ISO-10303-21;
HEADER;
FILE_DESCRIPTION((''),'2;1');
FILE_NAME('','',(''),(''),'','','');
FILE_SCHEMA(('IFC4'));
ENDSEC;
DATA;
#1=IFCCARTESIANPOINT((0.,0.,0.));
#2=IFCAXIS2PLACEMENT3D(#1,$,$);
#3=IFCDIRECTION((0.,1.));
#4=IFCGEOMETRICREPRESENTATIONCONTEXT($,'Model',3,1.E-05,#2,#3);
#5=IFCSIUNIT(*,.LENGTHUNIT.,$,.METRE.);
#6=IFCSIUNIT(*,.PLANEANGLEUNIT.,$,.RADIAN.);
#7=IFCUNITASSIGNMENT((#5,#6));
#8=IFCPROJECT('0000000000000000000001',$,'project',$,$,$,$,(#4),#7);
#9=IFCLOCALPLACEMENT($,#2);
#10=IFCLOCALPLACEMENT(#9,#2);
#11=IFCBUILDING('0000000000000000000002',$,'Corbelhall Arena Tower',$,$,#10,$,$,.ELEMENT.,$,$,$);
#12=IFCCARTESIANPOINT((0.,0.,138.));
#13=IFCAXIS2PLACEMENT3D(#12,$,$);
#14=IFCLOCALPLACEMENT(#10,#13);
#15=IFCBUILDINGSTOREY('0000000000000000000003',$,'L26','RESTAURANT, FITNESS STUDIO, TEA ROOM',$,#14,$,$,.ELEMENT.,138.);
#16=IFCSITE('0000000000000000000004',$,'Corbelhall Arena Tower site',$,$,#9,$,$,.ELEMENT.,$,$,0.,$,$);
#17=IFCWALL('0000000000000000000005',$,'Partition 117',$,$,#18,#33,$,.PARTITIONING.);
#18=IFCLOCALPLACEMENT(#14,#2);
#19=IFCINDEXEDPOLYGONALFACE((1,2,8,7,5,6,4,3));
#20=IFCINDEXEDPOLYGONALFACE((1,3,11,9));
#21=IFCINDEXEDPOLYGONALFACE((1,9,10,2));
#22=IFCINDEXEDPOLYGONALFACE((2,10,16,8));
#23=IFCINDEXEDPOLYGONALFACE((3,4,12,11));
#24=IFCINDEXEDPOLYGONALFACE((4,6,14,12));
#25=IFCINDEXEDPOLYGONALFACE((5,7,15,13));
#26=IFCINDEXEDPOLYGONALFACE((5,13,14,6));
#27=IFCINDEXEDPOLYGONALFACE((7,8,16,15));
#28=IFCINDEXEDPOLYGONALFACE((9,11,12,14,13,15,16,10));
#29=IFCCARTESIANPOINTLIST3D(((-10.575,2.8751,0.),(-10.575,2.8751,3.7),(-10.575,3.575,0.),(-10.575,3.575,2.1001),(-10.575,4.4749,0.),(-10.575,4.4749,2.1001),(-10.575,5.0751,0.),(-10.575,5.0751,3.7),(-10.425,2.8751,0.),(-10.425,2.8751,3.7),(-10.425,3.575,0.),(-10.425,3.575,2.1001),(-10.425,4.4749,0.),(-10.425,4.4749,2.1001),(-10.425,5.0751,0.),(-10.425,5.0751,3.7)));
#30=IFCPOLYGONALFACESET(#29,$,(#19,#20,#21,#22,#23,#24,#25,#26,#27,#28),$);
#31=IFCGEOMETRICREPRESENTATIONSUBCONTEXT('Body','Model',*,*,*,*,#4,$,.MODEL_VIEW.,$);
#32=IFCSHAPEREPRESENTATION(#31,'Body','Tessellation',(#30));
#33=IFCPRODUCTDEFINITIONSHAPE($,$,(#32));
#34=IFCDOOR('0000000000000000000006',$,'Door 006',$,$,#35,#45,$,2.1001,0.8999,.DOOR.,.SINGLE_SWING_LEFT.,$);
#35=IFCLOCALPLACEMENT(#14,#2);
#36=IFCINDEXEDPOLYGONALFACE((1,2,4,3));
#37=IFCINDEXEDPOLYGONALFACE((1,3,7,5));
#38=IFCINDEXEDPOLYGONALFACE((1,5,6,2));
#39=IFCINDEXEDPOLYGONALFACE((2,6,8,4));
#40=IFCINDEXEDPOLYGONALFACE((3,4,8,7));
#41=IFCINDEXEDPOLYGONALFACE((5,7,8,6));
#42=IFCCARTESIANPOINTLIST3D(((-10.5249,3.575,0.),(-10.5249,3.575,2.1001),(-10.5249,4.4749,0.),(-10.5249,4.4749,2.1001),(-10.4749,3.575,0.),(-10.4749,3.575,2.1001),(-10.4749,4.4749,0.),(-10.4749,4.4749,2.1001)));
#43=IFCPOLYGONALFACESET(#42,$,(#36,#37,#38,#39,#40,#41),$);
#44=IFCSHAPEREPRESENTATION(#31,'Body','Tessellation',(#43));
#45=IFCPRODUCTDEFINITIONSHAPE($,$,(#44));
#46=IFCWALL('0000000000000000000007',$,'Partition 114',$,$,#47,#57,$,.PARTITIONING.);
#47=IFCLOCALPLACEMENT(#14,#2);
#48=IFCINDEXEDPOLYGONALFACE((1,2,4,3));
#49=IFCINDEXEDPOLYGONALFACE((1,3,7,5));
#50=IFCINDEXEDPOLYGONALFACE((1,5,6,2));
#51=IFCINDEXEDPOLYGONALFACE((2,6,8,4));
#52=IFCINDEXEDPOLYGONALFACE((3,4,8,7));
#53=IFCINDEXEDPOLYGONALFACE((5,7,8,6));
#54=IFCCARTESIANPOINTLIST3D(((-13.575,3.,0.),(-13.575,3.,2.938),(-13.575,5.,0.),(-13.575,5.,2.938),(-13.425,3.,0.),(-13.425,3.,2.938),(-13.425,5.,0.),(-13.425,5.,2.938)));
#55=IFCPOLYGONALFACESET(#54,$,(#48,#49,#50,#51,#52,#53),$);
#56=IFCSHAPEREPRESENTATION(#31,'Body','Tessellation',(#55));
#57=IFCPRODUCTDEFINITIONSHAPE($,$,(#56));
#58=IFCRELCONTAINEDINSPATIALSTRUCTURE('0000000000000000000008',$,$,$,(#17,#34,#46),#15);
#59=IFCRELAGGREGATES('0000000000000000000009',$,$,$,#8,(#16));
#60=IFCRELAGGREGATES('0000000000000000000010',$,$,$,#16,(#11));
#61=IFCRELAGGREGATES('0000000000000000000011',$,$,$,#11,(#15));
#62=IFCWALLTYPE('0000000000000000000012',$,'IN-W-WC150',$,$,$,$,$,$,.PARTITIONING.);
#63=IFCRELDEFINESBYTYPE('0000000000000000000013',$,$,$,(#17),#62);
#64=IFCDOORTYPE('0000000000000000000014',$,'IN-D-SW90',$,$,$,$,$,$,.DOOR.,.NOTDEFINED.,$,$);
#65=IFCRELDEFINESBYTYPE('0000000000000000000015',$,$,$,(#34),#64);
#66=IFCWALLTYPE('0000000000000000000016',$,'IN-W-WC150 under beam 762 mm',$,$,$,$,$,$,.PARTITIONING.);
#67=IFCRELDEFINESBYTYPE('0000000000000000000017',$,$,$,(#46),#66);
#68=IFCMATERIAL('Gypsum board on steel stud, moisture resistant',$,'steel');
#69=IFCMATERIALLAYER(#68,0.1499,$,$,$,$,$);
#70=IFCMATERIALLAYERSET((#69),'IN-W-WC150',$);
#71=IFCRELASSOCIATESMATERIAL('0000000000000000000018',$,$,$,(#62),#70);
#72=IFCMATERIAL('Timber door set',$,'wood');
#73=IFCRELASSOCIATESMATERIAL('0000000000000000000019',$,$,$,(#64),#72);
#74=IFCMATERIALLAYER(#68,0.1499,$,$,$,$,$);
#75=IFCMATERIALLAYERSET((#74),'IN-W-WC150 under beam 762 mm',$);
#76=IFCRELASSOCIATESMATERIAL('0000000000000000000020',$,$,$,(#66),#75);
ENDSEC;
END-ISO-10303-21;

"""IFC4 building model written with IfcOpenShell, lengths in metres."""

from ifc_helpers import new_model, si_unit, direction, frame, frame_2d, origin, place, context, subcontext, project, spatial, rectangle, extrude, material, layer, layer_set, type_object, element, fill, save


model = new_model("IFC4")

# Units and contexts
model_context = context("Model", 3, precision=1e-05, world=origin(), true_north=direction((0.0, 1.0)))
body_context = subcontext(model_context, "Body", "Model", "MODEL_VIEW")
ifc_project = project(units=[si_unit("LENGTHUNIT", "METRE"), si_unit("PLANEANGLEUNIT", "RADIAN")], contexts=[model_context])

# Site, building, storey
site_placement = place(None, origin())
site = spatial("IfcSite", under=ifc_project, at=site_placement, Name="Corbelhall Arena Tower site", CompositionType="ELEMENT", RefElevation=0.0)
building_placement = place(site_placement, origin())
building = spatial("IfcBuilding", under=site, at=building_placement, Name="Corbelhall Arena Tower", CompositionType="ELEMENT")
storey_placement = place(building_placement, frame((0.0, 0.0, 138.0)))
storey = spatial("IfcBuildingStorey", under=building, at=storey_placement, Name="L26", Description="RESTAURANT, FITNESS STUDIO, TEA ROOM", CompositionType="ELEMENT", Elevation=138.0)

# Shared definitions
ifc_material_1 = material(Name="Gypsum board on steel stud, moisture resistant", Category="steel")
ifc_layer_1 = layer(ifc_material_1, 0.1499)
ifc_layer_set_1 = layer_set([ifc_layer_1], Name="IN-W-WC150")
wall_type_1 = type_object("IfcWallType", Name="IN-W-WC150", PredefinedType="PARTITIONING", material=ifc_layer_set_1)

# Wall, opening, door
wall_1_placement = place(storey_placement, frame((-10.5, 2.875, 0.0), z_axis=(0.0, 0.0, 1.0), x_axis=(0.0, 1.0, 0.0)))
wall_1 = element("IfcWall", 1, at=wall_1_placement, inside=storey, type_object=wall_type_1, Name="Partition 117", PredefinedType="PARTITIONING", context=body_context, shape_type="SweptSolid", body=[
    extrude(rectangle(XDim=2.2, YDim=0.1499, at=frame_2d((1.1001, 0.0))), origin(), (0.0, 0.0, 1.0), 3.7),
])
opening_1_placement = place(wall_1_placement, frame((0.7, 0.0, 0.0)))
opening_1 = element("IfcOpeningElement", 2, at=opening_1_placement, cuts=wall_1, PredefinedType="OPENING", context=body_context, shape_type="SweptSolid", body=[
    extrude(rectangle(XDim=0.8999, YDim=2.1001, at=frame_2d((0.45, 1.05))), frame((0.0, 0.075, 0.0), z_axis=(0.0, -1.0, 0.0), x_axis=(1.0, 0.0, 0.0)), (0.0, 0.0, 1.0), 0.1499),
])
ifc_material_2 = material(Name="Timber door set", Category="wood")
door_type_1 = type_object("IfcDoorType", Name="IN-D-SW90", OperationType="NOTDEFINED", PredefinedType="DOOR", material=ifc_material_2)
door_1_placement = place(opening_1_placement, origin())
door_1 = element("IfcDoor", 3, at=door_1_placement, inside=storey, type_object=door_type_1, Name="Door 006", OperationType="SINGLE_SWING_LEFT", OverallHeight=2.1001, OverallWidth=0.8999, PredefinedType="DOOR", context=body_context, shape_type="SweptSolid", body=[
    extrude(rectangle(XDim=0.8999, YDim=2.1001, at=frame_2d((0.45, 1.05))), frame((0.0, 0.0249, 0.0), z_axis=(0.0, -1.0, 0.0), x_axis=(1.0, 0.0, 0.0)), (0.0, 0.0, 1.0), 0.05),
])
fill(opening_1, door_1)

# Wall
ifc_layer_2 = layer(ifc_material_1, 0.1499)
ifc_layer_set_2 = layer_set([ifc_layer_2], Name="IN-W-WC150 under beam 762 mm")
wall_type_2 = type_object("IfcWallType", Name="IN-W-WC150 under beam 762 mm", PredefinedType="PARTITIONING", material=ifc_layer_set_2)
wall_2_placement = place(storey_placement, frame((-13.5, 3.0, 0.0), z_axis=(0.0, 0.0, 1.0), x_axis=(0.0, 1.0, 0.0)))
element("IfcWall", 4, at=wall_2_placement, inside=storey, type_object=wall_type_2, Name="Partition 114", PredefinedType="PARTITIONING", context=body_context, shape_type="SweptSolid", body=[
    extrude(rectangle(XDim=2.0, YDim=0.1499, at=frame_2d((1.0, 0.0))), origin(), (0.0, 0.0, 1.0), 2.938),
])

save(model, "model.ifc")
